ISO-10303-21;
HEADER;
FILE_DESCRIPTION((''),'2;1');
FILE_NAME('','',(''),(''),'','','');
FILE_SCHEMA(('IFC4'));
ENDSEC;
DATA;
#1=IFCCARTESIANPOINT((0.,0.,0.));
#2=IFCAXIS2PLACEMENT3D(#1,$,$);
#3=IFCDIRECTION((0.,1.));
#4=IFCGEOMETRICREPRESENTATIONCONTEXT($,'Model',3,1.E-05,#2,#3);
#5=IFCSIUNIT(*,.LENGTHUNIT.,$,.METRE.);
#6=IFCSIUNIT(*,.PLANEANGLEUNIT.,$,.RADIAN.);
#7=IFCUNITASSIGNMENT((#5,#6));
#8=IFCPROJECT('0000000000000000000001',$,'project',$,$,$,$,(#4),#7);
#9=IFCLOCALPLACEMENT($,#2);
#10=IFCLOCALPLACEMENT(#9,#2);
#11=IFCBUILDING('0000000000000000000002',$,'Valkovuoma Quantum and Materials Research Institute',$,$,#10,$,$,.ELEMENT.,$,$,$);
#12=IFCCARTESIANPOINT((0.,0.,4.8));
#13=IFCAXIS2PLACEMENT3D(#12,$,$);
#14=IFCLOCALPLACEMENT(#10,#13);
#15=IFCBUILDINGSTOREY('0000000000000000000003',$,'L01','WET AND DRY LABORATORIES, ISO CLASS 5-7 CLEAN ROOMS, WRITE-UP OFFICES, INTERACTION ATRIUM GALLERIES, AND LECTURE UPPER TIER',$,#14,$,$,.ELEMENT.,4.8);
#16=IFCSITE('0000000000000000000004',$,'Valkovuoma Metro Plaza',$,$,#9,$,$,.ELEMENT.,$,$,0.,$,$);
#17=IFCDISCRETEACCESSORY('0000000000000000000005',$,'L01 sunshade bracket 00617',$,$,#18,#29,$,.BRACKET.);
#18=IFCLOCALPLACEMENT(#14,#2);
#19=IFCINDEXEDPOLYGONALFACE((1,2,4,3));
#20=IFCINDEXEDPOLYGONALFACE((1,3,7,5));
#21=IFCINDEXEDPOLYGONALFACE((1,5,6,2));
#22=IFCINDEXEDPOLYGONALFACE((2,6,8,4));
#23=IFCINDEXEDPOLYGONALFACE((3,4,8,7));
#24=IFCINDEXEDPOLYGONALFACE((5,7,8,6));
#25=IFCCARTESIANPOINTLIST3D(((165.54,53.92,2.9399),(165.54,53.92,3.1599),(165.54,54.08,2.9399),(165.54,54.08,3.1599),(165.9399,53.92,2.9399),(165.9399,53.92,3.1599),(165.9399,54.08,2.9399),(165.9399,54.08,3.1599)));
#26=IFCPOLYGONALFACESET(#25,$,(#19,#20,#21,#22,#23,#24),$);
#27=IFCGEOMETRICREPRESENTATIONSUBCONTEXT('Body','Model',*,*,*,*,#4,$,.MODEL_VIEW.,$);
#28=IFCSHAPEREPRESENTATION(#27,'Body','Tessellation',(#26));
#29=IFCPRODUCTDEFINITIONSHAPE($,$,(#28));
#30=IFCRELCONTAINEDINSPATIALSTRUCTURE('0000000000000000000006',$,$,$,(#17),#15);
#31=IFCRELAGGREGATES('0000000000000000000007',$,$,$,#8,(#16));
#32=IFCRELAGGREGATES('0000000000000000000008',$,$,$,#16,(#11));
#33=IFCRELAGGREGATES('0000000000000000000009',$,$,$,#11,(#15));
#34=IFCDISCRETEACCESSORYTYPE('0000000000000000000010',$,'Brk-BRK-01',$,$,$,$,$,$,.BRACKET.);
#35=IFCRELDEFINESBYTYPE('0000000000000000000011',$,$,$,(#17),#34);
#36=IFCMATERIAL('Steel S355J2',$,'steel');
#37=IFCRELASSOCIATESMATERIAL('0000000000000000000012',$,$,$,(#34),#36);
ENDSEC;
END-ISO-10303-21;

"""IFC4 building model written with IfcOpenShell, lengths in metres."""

from ifc_helpers import new_model, si_unit, direction, frame, origin, origin_2d, place, context, subcontext, project, spatial, rectangle, extrude, material, type_object, element, save


model = new_model("IFC4")

# Units and contexts
model_context = context("Model", 3, precision=1e-05, world=origin(), true_north=direction((0.0, 1.0)))
body_context = subcontext(model_context, "Body", "Model", "MODEL_VIEW")
ifc_project = project(units=[si_unit("LENGTHUNIT", "METRE"), si_unit("PLANEANGLEUNIT", "RADIAN")], contexts=[model_context])

# Site, building, storey
site_placement = place(None, origin())
site = spatial("IfcSite", under=ifc_project, at=site_placement, Name="Valkovuoma Metro Plaza", CompositionType="ELEMENT", RefElevation=0.0)
building_placement = place(site_placement, origin())
building = spatial("IfcBuilding", under=site, at=building_placement, Name="Valkovuoma Quantum and Materials Research Institute", CompositionType="ELEMENT")
storey_placement = place(building_placement, frame((0.0, 0.0, 4.8)))
storey = spatial("IfcBuildingStorey", under=building, at=storey_placement, Name="L01", Description="WET AND DRY LABORATORIES, ISO CLASS 5-7 CLEAN ROOMS, WRITE-UP OFFICES, INTERACTION ATRIUM GALLERIES, AND LECTURE UPPER TIER", CompositionType="ELEMENT", Elevation=4.8)

# Discrete accessory
ifc_material_1 = material(Name="Steel S355J2", Category="steel")
discrete_accessory_type = type_object("IfcDiscreteAccessoryType", Name="Brk-BRK-01", PredefinedType="BRACKET", material=ifc_material_1)
for number, where, z_axis, x_axis, name in (
    (1, (165.74, 54.0, 2.9399), (0.0, 0.0, 1.0), (1.0, 0.0, 0.0), "L01 sunshade bracket 00617"),
):
    element("IfcDiscreteAccessory", number, at=place(storey_placement, frame(where, z_axis=z_axis, x_axis=x_axis)), inside=storey, type_object=discrete_accessory_type, Name=name, PredefinedType="BRACKET", context=body_context, shape_type="SweptSolid", body=[
        extrude(rectangle(XDim=0.3999, YDim=0.1599, at=origin_2d()), origin(), (0.0, 0.0, 1.0), 0.22),
    ])

save(model, "model.ifc")
